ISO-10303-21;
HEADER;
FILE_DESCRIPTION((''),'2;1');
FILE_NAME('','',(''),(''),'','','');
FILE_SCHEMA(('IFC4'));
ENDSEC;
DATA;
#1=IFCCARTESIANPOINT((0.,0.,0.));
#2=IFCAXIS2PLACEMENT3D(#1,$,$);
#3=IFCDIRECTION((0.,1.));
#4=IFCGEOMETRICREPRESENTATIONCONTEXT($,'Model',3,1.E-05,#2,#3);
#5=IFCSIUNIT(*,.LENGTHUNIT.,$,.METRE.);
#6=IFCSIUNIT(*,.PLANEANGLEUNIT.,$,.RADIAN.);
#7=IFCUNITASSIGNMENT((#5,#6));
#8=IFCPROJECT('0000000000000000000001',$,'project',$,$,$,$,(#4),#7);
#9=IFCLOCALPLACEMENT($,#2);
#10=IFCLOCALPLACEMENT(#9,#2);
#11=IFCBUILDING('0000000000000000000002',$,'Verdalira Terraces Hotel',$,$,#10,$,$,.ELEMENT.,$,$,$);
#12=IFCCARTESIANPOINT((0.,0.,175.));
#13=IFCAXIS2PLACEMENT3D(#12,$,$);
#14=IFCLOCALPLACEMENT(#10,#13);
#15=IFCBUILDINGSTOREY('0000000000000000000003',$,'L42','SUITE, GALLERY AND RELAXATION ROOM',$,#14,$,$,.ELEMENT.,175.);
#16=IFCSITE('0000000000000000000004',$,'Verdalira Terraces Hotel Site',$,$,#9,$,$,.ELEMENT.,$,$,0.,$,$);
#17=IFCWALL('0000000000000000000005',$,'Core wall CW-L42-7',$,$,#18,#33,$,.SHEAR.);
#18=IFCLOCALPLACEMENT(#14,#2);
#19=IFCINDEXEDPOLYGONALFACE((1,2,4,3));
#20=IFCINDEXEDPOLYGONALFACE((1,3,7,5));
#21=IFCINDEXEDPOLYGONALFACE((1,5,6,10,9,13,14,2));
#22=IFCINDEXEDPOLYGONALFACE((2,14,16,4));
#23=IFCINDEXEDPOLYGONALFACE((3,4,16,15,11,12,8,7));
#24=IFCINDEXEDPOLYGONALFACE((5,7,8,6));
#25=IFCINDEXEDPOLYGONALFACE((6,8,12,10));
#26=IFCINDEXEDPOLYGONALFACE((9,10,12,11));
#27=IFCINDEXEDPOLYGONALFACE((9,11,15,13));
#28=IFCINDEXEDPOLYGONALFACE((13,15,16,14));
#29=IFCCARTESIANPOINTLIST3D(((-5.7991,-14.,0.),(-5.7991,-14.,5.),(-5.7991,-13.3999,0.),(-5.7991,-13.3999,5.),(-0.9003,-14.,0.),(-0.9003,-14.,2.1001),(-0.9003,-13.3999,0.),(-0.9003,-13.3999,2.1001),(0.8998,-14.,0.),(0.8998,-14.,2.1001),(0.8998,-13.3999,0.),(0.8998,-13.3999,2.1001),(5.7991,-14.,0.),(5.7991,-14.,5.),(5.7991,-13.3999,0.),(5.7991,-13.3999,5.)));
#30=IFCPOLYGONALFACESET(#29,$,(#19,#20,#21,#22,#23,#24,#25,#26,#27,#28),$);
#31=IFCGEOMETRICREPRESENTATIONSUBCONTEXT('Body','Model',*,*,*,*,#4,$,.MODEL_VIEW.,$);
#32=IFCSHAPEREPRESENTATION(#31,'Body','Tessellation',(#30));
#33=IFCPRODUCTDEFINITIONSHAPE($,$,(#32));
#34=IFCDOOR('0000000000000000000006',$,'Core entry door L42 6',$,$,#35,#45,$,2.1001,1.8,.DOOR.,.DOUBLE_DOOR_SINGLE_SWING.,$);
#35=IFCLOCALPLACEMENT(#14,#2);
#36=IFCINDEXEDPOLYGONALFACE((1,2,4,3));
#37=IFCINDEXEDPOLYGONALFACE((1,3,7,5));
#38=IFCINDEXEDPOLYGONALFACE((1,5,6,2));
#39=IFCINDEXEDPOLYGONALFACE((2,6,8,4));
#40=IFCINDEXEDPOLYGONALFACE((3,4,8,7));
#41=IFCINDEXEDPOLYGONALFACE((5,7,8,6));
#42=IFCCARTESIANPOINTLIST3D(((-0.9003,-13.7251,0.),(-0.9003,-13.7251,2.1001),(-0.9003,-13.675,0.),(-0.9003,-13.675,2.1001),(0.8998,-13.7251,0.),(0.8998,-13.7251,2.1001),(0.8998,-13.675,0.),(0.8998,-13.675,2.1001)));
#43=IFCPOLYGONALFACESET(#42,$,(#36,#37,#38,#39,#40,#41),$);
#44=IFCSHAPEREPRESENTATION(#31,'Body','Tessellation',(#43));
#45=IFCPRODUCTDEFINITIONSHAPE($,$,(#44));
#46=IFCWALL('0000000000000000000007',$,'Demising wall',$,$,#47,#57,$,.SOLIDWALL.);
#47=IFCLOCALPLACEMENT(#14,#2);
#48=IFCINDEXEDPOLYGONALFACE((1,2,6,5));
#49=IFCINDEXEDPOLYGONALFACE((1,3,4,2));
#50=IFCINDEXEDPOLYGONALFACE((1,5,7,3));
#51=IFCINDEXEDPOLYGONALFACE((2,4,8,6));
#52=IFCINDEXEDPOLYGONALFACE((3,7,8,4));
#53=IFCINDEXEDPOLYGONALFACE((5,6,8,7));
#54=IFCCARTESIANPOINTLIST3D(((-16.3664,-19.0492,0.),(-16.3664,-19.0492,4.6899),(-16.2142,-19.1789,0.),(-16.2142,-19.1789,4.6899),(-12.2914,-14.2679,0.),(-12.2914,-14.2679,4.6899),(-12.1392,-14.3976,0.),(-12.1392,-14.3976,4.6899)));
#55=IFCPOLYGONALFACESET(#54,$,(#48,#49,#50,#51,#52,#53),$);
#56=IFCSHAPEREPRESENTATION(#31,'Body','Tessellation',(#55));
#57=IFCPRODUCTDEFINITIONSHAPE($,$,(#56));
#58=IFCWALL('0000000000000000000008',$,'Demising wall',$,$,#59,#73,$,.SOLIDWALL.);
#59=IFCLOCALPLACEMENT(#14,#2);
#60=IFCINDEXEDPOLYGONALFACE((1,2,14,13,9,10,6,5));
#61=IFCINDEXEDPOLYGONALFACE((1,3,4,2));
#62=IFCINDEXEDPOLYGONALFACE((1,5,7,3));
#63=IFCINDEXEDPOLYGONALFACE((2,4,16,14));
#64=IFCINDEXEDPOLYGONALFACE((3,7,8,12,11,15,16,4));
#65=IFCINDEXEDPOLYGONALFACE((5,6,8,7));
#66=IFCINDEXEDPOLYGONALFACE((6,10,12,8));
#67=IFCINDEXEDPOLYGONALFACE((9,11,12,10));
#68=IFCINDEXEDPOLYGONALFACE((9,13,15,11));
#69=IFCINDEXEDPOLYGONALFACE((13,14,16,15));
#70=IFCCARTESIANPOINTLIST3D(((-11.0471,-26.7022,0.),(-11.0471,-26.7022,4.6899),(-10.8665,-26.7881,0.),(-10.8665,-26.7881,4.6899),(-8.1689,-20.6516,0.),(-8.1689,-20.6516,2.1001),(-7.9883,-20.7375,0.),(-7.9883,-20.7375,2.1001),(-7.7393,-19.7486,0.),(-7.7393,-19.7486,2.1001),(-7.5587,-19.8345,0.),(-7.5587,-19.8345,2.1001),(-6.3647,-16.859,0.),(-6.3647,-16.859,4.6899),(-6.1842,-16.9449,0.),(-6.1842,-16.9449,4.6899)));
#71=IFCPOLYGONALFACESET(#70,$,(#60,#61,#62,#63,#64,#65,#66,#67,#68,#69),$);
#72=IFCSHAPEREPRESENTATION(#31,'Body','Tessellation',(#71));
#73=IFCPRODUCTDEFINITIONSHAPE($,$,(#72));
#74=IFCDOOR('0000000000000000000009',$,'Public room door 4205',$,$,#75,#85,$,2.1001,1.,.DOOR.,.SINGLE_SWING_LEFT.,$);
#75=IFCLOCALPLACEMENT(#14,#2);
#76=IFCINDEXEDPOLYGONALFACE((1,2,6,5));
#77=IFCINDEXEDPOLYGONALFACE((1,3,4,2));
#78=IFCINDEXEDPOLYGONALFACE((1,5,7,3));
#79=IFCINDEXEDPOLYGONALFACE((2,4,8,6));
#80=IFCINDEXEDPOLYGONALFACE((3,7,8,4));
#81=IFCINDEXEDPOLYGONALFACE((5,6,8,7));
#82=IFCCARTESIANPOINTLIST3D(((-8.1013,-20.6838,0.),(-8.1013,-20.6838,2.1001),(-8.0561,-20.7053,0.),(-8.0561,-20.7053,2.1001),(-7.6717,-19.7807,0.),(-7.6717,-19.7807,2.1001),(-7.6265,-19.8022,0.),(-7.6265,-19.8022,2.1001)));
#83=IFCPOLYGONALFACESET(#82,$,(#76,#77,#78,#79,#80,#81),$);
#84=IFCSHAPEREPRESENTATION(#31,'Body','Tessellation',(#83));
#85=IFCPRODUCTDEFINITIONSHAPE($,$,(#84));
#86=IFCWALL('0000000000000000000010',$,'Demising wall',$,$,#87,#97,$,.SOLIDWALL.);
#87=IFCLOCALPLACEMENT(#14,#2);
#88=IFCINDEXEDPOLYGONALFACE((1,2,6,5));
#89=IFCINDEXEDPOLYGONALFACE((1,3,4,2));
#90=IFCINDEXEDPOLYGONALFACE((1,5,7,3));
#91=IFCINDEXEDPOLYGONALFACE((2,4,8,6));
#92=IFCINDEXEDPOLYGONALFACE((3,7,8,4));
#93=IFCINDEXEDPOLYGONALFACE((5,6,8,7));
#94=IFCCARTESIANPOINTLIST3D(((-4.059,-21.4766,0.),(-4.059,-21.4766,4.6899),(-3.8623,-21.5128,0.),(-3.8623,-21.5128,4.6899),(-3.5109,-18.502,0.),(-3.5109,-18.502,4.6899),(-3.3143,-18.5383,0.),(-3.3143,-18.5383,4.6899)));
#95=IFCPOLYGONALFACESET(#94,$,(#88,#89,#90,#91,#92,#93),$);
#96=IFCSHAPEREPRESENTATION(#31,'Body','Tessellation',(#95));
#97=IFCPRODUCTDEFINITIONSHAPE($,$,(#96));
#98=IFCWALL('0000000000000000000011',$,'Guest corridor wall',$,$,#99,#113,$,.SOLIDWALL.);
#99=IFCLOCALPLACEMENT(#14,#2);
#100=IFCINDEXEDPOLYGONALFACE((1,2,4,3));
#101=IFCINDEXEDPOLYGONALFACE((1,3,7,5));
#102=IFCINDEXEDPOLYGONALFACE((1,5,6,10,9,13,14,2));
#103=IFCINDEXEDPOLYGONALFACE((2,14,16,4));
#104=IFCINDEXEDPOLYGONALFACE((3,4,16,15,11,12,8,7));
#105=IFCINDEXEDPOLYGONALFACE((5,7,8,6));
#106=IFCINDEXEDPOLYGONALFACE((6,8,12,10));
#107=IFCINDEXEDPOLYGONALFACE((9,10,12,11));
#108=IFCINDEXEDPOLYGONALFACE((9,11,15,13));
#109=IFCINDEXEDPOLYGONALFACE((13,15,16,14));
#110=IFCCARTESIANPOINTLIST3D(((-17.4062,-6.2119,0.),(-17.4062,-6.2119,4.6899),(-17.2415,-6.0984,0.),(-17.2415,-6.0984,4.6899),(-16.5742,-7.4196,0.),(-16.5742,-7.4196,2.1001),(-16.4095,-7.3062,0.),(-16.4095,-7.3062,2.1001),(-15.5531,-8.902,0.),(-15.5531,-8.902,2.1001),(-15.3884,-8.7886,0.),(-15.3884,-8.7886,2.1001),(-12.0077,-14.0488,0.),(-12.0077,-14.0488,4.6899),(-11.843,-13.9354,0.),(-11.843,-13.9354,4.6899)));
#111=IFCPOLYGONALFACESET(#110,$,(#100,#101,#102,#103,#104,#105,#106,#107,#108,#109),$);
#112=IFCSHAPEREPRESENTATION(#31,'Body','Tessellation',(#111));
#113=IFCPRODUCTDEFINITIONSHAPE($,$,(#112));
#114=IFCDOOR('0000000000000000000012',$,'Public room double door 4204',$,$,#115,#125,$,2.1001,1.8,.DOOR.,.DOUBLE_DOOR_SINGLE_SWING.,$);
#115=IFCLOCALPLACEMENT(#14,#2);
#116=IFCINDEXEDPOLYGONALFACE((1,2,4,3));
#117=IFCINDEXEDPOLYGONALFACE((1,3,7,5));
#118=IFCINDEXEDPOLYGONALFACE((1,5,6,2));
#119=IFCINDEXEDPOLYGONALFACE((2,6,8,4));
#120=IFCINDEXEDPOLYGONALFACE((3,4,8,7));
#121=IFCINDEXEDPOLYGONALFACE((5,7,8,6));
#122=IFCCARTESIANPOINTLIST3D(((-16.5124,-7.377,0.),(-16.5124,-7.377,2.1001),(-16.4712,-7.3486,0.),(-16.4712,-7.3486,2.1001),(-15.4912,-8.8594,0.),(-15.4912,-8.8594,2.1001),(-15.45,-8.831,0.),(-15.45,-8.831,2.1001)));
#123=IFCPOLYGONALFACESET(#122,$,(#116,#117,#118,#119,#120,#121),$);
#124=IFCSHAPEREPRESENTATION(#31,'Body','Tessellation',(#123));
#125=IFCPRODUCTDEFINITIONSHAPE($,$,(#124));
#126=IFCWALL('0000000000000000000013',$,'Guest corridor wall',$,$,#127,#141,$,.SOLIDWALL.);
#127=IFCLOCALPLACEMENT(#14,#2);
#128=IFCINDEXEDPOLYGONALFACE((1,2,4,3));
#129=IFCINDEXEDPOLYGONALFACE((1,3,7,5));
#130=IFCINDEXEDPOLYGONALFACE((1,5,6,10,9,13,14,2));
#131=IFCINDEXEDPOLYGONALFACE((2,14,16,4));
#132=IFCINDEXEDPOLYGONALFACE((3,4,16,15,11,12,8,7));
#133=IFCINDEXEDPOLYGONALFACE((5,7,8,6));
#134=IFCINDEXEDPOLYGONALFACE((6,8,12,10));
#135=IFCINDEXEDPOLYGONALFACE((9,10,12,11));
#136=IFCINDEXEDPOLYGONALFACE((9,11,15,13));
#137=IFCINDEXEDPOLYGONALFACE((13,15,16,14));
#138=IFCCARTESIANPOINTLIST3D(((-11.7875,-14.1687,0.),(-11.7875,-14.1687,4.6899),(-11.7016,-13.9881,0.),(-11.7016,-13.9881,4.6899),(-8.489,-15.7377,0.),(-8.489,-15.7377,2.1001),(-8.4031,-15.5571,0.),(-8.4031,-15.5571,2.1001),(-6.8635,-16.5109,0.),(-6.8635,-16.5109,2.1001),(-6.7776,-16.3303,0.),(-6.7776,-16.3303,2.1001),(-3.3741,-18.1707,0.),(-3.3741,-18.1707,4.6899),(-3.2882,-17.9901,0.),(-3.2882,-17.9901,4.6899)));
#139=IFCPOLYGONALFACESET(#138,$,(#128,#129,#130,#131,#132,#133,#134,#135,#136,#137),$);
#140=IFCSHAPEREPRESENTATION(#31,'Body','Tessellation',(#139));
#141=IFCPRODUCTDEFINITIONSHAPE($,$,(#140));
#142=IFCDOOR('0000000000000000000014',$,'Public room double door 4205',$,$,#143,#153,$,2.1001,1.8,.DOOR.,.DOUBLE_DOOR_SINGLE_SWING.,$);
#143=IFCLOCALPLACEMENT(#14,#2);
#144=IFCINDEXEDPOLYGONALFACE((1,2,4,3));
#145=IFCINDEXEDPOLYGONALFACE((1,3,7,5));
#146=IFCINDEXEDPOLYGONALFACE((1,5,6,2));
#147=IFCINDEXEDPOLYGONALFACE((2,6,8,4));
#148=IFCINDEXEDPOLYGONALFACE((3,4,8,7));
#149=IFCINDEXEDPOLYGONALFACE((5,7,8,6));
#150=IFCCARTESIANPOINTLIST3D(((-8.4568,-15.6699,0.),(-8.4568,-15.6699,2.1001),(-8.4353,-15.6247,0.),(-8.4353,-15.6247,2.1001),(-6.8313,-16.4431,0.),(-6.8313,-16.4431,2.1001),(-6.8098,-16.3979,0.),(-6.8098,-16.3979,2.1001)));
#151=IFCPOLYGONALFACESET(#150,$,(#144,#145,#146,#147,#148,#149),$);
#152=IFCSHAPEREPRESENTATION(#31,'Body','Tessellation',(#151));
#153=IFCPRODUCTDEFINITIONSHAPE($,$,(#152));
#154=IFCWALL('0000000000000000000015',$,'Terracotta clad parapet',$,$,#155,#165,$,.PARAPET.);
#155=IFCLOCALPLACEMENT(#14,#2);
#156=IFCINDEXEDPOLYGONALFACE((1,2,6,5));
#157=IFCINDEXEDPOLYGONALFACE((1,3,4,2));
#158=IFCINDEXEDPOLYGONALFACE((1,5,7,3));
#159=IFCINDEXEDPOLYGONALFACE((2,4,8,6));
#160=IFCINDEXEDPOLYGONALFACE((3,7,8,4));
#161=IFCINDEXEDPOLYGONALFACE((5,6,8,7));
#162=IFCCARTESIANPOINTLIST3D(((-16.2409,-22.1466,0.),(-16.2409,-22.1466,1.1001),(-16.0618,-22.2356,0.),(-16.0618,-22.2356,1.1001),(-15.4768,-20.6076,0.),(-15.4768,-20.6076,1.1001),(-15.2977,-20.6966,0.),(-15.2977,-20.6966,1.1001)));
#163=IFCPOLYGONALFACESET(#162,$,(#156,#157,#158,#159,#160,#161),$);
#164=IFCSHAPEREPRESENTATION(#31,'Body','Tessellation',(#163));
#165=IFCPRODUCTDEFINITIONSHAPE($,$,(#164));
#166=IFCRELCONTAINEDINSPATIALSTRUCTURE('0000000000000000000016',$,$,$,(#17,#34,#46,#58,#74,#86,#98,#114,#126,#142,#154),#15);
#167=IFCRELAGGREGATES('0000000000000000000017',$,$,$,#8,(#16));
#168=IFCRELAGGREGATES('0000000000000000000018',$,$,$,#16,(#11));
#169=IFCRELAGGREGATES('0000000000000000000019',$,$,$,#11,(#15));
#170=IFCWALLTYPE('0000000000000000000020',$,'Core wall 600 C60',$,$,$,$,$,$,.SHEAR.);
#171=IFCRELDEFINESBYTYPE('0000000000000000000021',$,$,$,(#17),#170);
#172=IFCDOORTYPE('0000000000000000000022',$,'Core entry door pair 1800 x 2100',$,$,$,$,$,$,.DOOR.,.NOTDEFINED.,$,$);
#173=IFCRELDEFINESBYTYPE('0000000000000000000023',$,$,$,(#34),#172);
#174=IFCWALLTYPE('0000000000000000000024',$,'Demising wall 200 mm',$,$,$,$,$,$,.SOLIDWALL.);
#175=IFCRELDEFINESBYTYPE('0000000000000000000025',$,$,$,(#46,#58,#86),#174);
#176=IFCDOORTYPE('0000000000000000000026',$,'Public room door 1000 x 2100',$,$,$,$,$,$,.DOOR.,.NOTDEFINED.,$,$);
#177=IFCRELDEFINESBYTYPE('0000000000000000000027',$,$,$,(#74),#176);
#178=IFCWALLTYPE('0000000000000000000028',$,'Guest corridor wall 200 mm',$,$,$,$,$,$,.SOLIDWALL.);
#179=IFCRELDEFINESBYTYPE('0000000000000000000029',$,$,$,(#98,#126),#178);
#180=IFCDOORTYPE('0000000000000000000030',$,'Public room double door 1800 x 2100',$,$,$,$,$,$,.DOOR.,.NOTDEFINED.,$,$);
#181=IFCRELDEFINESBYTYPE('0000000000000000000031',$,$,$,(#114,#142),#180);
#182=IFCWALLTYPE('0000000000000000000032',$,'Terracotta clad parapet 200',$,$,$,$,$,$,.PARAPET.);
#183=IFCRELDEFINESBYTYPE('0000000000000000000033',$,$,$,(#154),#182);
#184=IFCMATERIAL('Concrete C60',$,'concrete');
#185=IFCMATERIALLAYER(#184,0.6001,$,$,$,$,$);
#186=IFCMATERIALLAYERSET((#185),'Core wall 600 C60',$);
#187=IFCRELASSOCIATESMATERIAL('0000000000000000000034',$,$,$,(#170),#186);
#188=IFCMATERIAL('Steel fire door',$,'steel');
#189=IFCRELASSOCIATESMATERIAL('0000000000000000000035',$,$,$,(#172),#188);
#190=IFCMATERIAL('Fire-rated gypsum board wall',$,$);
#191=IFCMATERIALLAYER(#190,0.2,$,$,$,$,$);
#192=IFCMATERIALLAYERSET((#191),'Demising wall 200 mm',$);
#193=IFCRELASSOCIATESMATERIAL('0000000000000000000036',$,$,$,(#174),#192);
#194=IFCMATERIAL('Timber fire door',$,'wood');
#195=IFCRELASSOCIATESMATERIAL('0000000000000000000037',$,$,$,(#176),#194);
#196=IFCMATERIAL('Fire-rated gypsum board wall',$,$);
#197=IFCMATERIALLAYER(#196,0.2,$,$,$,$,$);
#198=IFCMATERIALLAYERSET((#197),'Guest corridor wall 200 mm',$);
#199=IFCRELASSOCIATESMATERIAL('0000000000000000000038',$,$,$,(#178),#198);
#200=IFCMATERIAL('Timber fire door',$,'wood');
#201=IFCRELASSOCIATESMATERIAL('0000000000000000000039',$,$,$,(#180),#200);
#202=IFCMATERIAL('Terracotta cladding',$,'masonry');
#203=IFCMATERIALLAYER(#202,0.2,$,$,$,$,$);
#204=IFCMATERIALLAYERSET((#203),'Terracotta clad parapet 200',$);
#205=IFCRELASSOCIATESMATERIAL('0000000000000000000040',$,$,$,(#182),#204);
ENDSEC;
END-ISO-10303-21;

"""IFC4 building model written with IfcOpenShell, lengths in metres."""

from ifc_helpers import new_model, si_unit, direction, frame, frame_2d, origin, place, context, subcontext, project, spatial, rectangle, extrude, material, layer, layer_set, type_object, element, fill, save


model = new_model("IFC4")

# Units and contexts
model_context = context("Model", 3, precision=1e-05, world=origin(), true_north=direction((0.0, 1.0)))
body_context = subcontext(model_context, "Body", "Model", "MODEL_VIEW")
ifc_project = project(units=[si_unit("LENGTHUNIT", "METRE"), si_unit("PLANEANGLEUNIT", "RADIAN")], contexts=[model_context])

# Site, building, storey
site_placement = place(None, origin())
site = spatial("IfcSite", under=ifc_project, at=site_placement, Name="Verdalira Terraces Hotel Site", CompositionType="ELEMENT", RefElevation=0.0)
building_placement = place(site_placement, origin())
building = spatial("IfcBuilding", under=site, at=building_placement, Name="Verdalira Terraces Hotel", CompositionType="ELEMENT")
storey_placement = place(building_placement, frame((0.0, 0.0, 175.0)))
storey = spatial("IfcBuildingStorey", under=building, at=storey_placement, Name="L42", Description="SUITE, GALLERY AND RELAXATION ROOM", CompositionType="ELEMENT", Elevation=175.0)

# Wall, opening, door
ifc_material_1 = material(Name="Concrete C60", Category="concrete")
ifc_layer_1 = layer(ifc_material_1, 0.6001)
ifc_layer_set_1 = layer_set([ifc_layer_1], Name="Core wall 600 C60")
wall_type_1 = type_object("IfcWallType", Name="Core wall 600 C60", PredefinedType="SHEAR", material=ifc_layer_set_1)
wall_1_placement = place(storey_placement, frame((-5.7991, -13.7, 0.0), z_axis=(0.0, 0.0, 1.0), x_axis=(1.0, 0.0, 0.0)))
wall_1 = element("IfcWall", 1, at=wall_1_placement, inside=storey, type_object=wall_type_1, Name="Core wall CW-L42-7", PredefinedType="SHEAR", context=body_context, shape_type="SweptSolid", body=[
    extrude(rectangle(XDim=11.5981, YDim=0.6001, at=frame_2d((5.7991, 0.0))), origin(), (0.0, 0.0, 1.0), 5.0),
])
opening_1_placement = place(wall_1_placement, frame((4.8989, 0.0, 0.0)))
opening_1 = element("IfcOpeningElement", 2, at=opening_1_placement, cuts=wall_1, PredefinedType="OPENING", context=body_context, shape_type="SweptSolid", body=[
    extrude(rectangle(XDim=1.8, YDim=2.1001, at=frame_2d((0.8999, 1.05))), frame((0.0, 0.3101, 0.0), z_axis=(0.0, -1.0, 0.0), x_axis=(1.0, 0.0, 0.0)), (0.0, 0.0, 1.0), 0.6201),
])
ifc_material_2 = material(Name="Steel fire door", Category="steel")
door_type_1 = type_object("IfcDoorType", Name="Core entry door pair 1800 x 2100", OperationType="NOTDEFINED", PredefinedType="DOOR", material=ifc_material_2)
door_1_placement = place(opening_1_placement, origin())
door_1 = element("IfcDoor", 3, at=door_1_placement, inside=storey, type_object=door_type_1, Name="Core entry door L42 6", OperationType="DOUBLE_DOOR_SINGLE_SWING", OverallHeight=2.1001, OverallWidth=1.8, PredefinedType="DOOR", context=body_context, shape_type="SweptSolid", body=[
    extrude(rectangle(XDim=1.8, YDim=2.1001, at=frame_2d((0.8999, 1.05))), frame((0.0, 0.0249, 0.0), z_axis=(0.0, -1.0, 0.0), x_axis=(1.0, 0.0, 0.0)), (0.0, 0.0, 1.0), 0.05),
])
fill(opening_1, door_1)

# Wall
ifc_material_3 = material(Name="Fire-rated gypsum board wall")
ifc_layer_2 = layer(ifc_material_3, 0.2)
ifc_layer_set_2 = layer_set([ifc_layer_2], Name="Demising wall 200 mm")
wall_type_2 = type_object("IfcWallType", Name="Demising wall 200 mm", PredefinedType="SOLIDWALL", material=ifc_layer_set_2)
wall_2_placement = place(storey_placement, frame((-16.2903, -19.114, 0.0), z_axis=(0.0, 0.0, 1.0), x_axis=(0.648654, 0.761083, 0.0)))
element("IfcWall", 4, at=wall_2_placement, inside=storey, type_object=wall_type_2, Name="Demising wall", PredefinedType="SOLIDWALL", context=body_context, shape_type="SweptSolid", body=[
    extrude(rectangle(XDim=6.2822, YDim=0.2, at=frame_2d((3.1411, 0.0))), origin(), (0.0, 0.0, 1.0), 4.6899),
])

# Wall, opening, door
wall_3_placement = place(storey_placement, frame((-6.2744, -16.9019, 0.0), z_axis=(0.0, 0.0, 1.0), x_axis=(-0.429568, -0.903035, 0.0)))
wall_3 = element("IfcWall", 5, at=wall_3_placement, inside=storey, type_object=wall_type_2, Name="Demising wall", PredefinedType="SOLIDWALL", context=body_context, shape_type="SweptSolid", body=[
    extrude(rectangle(XDim=10.9001, YDim=0.2, at=frame_2d((5.4502, 0.0))), origin(), (0.0, 0.0, 1.0), 4.6899),
])
opening_2_placement = place(wall_3_placement, frame((3.2, 0.0, 0.0)))
opening_2 = element("IfcOpeningElement", 6, at=opening_2_placement, cuts=wall_3, PredefinedType="OPENING", context=body_context, shape_type="SweptSolid", body=[
    extrude(rectangle(XDim=1.0, YDim=2.1001, at=frame_2d((0.5, 1.05))), frame((0.0, 0.1099, 0.0), z_axis=(0.0, -1.0, 0.0), x_axis=(1.0, 0.0, 0.0)), (0.0, 0.0, 1.0), 0.22),
])
ifc_material_4 = material(Name="Timber fire door", Category="wood")
door_type_2 = type_object("IfcDoorType", Name="Public room door 1000 x 2100", OperationType="NOTDEFINED", PredefinedType="DOOR", material=ifc_material_4)
door_2_placement = place(opening_2_placement, origin())
door_2 = element("IfcDoor", 7, at=door_2_placement, inside=storey, type_object=door_type_2, Name="Public room door 4205", OperationType="SINGLE_SWING_LEFT", OverallHeight=2.1001, OverallWidth=1.0, PredefinedType="DOOR", context=body_context, shape_type="SweptSolid", body=[
    extrude(rectangle(XDim=1.0, YDim=2.1001, at=frame_2d((0.5, 1.05))), frame((0.0, 0.0249, 0.0), z_axis=(0.0, -1.0, 0.0), x_axis=(1.0, 0.0, 0.0)), (0.0, 0.0, 1.0), 0.05),
])
fill(opening_2, door_2)

# Wall
wall_4_placement = place(storey_placement, frame((-3.4126, -18.5203, 0.0), z_axis=(0.0, 0.0, 1.0), x_axis=(-0.181208, -0.983445, 0.0)))
element("IfcWall", 8, at=wall_4_placement, inside=storey, type_object=wall_type_2, Name="Demising wall", PredefinedType="SOLIDWALL", context=body_context, shape_type="SweptSolid", body=[
    extrude(rectangle(XDim=3.0247, YDim=0.2, at=frame_2d((1.5122, 0.0))), origin(), (0.0, 0.0, 1.0), 4.6899),
])

# Walls, openings, doors
ifc_material_5 = material(Name="Fire-rated gypsum board wall")
ifc_layer_3 = layer(ifc_material_5, 0.2)
ifc_layer_set_3 = layer_set([ifc_layer_3], Name="Guest corridor wall 200 mm")
wall_type_3 = type_object("IfcWallType", Name="Guest corridor wall 200 mm", PredefinedType="SOLIDWALL", material=ifc_layer_set_3)
wall_5_placement = place(storey_placement, frame((-11.9253, -13.9922, 0.0), z_axis=(0.0, 0.0, 1.0), x_axis=(-0.567282, 0.823524, 0.0)))
wall_5 = element("IfcWall", 9, at=wall_5_placement, inside=storey, type_object=wall_type_3, Name="Guest corridor wall", PredefinedType="SOLIDWALL", context=body_context, shape_type="SweptSolid", body=[
    extrude(rectangle(XDim=9.5164, YDim=0.2, at=frame_2d((4.7583, 0.0))), origin(), (0.0, 0.0, 1.0), 4.6899),
])
opening_3_placement = place(wall_5_placement, frame((6.25, 0.0, 0.0)))
opening_3 = element("IfcOpeningElement", 10, at=opening_3_placement, cuts=wall_5, PredefinedType="OPENING", context=body_context, shape_type="SweptSolid", body=[
    extrude(rectangle(XDim=1.8, YDim=2.1001, at=frame_2d((0.8999, 1.05))), frame((0.0, 0.1099, 0.0), z_axis=(0.0, -1.0, 0.0), x_axis=(1.0, 0.0, 0.0)), (0.0, 0.0, 1.0), 0.22),
])
ifc_material_6 = material(Name="Timber fire door", Category="wood")
door_type_3 = type_object("IfcDoorType", Name="Public room double door 1800 x 2100", OperationType="NOTDEFINED", PredefinedType="DOOR", material=ifc_material_6)
door_3_placement = place(opening_3_placement, origin())
door_3 = element("IfcDoor", 11, at=door_3_placement, inside=storey, type_object=door_type_3, Name="Public room double door 4204", OperationType="DOUBLE_DOOR_SINGLE_SWING", OverallHeight=2.1001, OverallWidth=1.8, PredefinedType="DOOR", context=body_context, shape_type="SweptSolid", body=[
    extrude(rectangle(XDim=1.8, YDim=2.1001, at=frame_2d((0.8999, 1.05))), frame((0.0, 0.0249, 0.0), z_axis=(0.0, -1.0, 0.0), x_axis=(1.0, 0.0, 0.0)), (0.0, 0.0, 1.0), 0.05),
])
fill(opening_3, door_3)
wall_6_placement = place(storey_placement, frame((-3.3313, -18.0803, 0.0), z_axis=(0.0, 0.0, 1.0), x_axis=(-0.903044, 0.429549, 0.0)))
wall_6 = element("IfcWall", 12, at=wall_6_placement, inside=storey, type_object=wall_type_3, Name="Guest corridor wall", PredefinedType="SOLIDWALL", context=body_context, shape_type="SweptSolid", body=[
    extrude(rectangle(XDim=9.3166, YDim=0.2, at=frame_2d((4.6582, 0.0))), origin(), (0.0, 0.0, 1.0), 4.6899),
])
opening_4_placement = place(wall_6_placement, frame((3.864, 0.0, 0.0)))
opening_4 = element("IfcOpeningElement", 13, at=opening_4_placement, cuts=wall_6, PredefinedType="OPENING", context=body_context, shape_type="SweptSolid", body=[
    extrude(rectangle(XDim=1.8, YDim=2.1001, at=frame_2d((0.8999, 1.05))), frame((0.0, 0.1099, 0.0), z_axis=(0.0, -1.0, 0.0), x_axis=(1.0, 0.0, 0.0)), (0.0, 0.0, 1.0), 0.22),
])
door_4_placement = place(opening_4_placement, origin())
door_4 = element("IfcDoor", 14, at=door_4_placement, inside=storey, type_object=door_type_3, Name="Public room double door 4205", OperationType="DOUBLE_DOOR_SINGLE_SWING", OverallHeight=2.1001, OverallWidth=1.8, PredefinedType="DOOR", context=body_context, shape_type="SweptSolid", body=[
    extrude(rectangle(XDim=1.8, YDim=2.1001, at=frame_2d((0.8999, 1.05))), frame((0.0, 0.0249, 0.0), z_axis=(0.0, -1.0, 0.0), x_axis=(1.0, 0.0, 0.0)), (0.0, 0.0, 1.0), 0.05),
])
fill(opening_4, door_4)

# Wall
ifc_material_7 = material(Name="Terracotta cladding", Category="masonry")
ifc_layer_4 = layer(ifc_material_7, 0.2)
ifc_layer_set_4 = layer_set([ifc_layer_4], Name="Terracotta clad parapet 200")
wall_type_4 = type_object("IfcWallType", Name="Terracotta clad parapet 200", PredefinedType="PARAPET", material=ifc_layer_set_4)
wall_7_placement = place(storey_placement, frame((-15.3872, -20.6521, 0.0), z_axis=(0.0, 0.0, 1.0), x_axis=(-0.444711, -0.895674, 0.0)))
element("IfcWall", 15, at=wall_7_placement, inside=storey, type_object=wall_type_4, Name="Terracotta clad parapet", PredefinedType="PARAPET", context=body_context, shape_type="SweptSolid", body=[
    extrude(rectangle(XDim=1.7183, YDim=0.2, at=frame_2d((0.8591, 0.0))), origin(), (0.0, 0.0, 1.0), 1.1001),
])

save(model, "model.ifc")
